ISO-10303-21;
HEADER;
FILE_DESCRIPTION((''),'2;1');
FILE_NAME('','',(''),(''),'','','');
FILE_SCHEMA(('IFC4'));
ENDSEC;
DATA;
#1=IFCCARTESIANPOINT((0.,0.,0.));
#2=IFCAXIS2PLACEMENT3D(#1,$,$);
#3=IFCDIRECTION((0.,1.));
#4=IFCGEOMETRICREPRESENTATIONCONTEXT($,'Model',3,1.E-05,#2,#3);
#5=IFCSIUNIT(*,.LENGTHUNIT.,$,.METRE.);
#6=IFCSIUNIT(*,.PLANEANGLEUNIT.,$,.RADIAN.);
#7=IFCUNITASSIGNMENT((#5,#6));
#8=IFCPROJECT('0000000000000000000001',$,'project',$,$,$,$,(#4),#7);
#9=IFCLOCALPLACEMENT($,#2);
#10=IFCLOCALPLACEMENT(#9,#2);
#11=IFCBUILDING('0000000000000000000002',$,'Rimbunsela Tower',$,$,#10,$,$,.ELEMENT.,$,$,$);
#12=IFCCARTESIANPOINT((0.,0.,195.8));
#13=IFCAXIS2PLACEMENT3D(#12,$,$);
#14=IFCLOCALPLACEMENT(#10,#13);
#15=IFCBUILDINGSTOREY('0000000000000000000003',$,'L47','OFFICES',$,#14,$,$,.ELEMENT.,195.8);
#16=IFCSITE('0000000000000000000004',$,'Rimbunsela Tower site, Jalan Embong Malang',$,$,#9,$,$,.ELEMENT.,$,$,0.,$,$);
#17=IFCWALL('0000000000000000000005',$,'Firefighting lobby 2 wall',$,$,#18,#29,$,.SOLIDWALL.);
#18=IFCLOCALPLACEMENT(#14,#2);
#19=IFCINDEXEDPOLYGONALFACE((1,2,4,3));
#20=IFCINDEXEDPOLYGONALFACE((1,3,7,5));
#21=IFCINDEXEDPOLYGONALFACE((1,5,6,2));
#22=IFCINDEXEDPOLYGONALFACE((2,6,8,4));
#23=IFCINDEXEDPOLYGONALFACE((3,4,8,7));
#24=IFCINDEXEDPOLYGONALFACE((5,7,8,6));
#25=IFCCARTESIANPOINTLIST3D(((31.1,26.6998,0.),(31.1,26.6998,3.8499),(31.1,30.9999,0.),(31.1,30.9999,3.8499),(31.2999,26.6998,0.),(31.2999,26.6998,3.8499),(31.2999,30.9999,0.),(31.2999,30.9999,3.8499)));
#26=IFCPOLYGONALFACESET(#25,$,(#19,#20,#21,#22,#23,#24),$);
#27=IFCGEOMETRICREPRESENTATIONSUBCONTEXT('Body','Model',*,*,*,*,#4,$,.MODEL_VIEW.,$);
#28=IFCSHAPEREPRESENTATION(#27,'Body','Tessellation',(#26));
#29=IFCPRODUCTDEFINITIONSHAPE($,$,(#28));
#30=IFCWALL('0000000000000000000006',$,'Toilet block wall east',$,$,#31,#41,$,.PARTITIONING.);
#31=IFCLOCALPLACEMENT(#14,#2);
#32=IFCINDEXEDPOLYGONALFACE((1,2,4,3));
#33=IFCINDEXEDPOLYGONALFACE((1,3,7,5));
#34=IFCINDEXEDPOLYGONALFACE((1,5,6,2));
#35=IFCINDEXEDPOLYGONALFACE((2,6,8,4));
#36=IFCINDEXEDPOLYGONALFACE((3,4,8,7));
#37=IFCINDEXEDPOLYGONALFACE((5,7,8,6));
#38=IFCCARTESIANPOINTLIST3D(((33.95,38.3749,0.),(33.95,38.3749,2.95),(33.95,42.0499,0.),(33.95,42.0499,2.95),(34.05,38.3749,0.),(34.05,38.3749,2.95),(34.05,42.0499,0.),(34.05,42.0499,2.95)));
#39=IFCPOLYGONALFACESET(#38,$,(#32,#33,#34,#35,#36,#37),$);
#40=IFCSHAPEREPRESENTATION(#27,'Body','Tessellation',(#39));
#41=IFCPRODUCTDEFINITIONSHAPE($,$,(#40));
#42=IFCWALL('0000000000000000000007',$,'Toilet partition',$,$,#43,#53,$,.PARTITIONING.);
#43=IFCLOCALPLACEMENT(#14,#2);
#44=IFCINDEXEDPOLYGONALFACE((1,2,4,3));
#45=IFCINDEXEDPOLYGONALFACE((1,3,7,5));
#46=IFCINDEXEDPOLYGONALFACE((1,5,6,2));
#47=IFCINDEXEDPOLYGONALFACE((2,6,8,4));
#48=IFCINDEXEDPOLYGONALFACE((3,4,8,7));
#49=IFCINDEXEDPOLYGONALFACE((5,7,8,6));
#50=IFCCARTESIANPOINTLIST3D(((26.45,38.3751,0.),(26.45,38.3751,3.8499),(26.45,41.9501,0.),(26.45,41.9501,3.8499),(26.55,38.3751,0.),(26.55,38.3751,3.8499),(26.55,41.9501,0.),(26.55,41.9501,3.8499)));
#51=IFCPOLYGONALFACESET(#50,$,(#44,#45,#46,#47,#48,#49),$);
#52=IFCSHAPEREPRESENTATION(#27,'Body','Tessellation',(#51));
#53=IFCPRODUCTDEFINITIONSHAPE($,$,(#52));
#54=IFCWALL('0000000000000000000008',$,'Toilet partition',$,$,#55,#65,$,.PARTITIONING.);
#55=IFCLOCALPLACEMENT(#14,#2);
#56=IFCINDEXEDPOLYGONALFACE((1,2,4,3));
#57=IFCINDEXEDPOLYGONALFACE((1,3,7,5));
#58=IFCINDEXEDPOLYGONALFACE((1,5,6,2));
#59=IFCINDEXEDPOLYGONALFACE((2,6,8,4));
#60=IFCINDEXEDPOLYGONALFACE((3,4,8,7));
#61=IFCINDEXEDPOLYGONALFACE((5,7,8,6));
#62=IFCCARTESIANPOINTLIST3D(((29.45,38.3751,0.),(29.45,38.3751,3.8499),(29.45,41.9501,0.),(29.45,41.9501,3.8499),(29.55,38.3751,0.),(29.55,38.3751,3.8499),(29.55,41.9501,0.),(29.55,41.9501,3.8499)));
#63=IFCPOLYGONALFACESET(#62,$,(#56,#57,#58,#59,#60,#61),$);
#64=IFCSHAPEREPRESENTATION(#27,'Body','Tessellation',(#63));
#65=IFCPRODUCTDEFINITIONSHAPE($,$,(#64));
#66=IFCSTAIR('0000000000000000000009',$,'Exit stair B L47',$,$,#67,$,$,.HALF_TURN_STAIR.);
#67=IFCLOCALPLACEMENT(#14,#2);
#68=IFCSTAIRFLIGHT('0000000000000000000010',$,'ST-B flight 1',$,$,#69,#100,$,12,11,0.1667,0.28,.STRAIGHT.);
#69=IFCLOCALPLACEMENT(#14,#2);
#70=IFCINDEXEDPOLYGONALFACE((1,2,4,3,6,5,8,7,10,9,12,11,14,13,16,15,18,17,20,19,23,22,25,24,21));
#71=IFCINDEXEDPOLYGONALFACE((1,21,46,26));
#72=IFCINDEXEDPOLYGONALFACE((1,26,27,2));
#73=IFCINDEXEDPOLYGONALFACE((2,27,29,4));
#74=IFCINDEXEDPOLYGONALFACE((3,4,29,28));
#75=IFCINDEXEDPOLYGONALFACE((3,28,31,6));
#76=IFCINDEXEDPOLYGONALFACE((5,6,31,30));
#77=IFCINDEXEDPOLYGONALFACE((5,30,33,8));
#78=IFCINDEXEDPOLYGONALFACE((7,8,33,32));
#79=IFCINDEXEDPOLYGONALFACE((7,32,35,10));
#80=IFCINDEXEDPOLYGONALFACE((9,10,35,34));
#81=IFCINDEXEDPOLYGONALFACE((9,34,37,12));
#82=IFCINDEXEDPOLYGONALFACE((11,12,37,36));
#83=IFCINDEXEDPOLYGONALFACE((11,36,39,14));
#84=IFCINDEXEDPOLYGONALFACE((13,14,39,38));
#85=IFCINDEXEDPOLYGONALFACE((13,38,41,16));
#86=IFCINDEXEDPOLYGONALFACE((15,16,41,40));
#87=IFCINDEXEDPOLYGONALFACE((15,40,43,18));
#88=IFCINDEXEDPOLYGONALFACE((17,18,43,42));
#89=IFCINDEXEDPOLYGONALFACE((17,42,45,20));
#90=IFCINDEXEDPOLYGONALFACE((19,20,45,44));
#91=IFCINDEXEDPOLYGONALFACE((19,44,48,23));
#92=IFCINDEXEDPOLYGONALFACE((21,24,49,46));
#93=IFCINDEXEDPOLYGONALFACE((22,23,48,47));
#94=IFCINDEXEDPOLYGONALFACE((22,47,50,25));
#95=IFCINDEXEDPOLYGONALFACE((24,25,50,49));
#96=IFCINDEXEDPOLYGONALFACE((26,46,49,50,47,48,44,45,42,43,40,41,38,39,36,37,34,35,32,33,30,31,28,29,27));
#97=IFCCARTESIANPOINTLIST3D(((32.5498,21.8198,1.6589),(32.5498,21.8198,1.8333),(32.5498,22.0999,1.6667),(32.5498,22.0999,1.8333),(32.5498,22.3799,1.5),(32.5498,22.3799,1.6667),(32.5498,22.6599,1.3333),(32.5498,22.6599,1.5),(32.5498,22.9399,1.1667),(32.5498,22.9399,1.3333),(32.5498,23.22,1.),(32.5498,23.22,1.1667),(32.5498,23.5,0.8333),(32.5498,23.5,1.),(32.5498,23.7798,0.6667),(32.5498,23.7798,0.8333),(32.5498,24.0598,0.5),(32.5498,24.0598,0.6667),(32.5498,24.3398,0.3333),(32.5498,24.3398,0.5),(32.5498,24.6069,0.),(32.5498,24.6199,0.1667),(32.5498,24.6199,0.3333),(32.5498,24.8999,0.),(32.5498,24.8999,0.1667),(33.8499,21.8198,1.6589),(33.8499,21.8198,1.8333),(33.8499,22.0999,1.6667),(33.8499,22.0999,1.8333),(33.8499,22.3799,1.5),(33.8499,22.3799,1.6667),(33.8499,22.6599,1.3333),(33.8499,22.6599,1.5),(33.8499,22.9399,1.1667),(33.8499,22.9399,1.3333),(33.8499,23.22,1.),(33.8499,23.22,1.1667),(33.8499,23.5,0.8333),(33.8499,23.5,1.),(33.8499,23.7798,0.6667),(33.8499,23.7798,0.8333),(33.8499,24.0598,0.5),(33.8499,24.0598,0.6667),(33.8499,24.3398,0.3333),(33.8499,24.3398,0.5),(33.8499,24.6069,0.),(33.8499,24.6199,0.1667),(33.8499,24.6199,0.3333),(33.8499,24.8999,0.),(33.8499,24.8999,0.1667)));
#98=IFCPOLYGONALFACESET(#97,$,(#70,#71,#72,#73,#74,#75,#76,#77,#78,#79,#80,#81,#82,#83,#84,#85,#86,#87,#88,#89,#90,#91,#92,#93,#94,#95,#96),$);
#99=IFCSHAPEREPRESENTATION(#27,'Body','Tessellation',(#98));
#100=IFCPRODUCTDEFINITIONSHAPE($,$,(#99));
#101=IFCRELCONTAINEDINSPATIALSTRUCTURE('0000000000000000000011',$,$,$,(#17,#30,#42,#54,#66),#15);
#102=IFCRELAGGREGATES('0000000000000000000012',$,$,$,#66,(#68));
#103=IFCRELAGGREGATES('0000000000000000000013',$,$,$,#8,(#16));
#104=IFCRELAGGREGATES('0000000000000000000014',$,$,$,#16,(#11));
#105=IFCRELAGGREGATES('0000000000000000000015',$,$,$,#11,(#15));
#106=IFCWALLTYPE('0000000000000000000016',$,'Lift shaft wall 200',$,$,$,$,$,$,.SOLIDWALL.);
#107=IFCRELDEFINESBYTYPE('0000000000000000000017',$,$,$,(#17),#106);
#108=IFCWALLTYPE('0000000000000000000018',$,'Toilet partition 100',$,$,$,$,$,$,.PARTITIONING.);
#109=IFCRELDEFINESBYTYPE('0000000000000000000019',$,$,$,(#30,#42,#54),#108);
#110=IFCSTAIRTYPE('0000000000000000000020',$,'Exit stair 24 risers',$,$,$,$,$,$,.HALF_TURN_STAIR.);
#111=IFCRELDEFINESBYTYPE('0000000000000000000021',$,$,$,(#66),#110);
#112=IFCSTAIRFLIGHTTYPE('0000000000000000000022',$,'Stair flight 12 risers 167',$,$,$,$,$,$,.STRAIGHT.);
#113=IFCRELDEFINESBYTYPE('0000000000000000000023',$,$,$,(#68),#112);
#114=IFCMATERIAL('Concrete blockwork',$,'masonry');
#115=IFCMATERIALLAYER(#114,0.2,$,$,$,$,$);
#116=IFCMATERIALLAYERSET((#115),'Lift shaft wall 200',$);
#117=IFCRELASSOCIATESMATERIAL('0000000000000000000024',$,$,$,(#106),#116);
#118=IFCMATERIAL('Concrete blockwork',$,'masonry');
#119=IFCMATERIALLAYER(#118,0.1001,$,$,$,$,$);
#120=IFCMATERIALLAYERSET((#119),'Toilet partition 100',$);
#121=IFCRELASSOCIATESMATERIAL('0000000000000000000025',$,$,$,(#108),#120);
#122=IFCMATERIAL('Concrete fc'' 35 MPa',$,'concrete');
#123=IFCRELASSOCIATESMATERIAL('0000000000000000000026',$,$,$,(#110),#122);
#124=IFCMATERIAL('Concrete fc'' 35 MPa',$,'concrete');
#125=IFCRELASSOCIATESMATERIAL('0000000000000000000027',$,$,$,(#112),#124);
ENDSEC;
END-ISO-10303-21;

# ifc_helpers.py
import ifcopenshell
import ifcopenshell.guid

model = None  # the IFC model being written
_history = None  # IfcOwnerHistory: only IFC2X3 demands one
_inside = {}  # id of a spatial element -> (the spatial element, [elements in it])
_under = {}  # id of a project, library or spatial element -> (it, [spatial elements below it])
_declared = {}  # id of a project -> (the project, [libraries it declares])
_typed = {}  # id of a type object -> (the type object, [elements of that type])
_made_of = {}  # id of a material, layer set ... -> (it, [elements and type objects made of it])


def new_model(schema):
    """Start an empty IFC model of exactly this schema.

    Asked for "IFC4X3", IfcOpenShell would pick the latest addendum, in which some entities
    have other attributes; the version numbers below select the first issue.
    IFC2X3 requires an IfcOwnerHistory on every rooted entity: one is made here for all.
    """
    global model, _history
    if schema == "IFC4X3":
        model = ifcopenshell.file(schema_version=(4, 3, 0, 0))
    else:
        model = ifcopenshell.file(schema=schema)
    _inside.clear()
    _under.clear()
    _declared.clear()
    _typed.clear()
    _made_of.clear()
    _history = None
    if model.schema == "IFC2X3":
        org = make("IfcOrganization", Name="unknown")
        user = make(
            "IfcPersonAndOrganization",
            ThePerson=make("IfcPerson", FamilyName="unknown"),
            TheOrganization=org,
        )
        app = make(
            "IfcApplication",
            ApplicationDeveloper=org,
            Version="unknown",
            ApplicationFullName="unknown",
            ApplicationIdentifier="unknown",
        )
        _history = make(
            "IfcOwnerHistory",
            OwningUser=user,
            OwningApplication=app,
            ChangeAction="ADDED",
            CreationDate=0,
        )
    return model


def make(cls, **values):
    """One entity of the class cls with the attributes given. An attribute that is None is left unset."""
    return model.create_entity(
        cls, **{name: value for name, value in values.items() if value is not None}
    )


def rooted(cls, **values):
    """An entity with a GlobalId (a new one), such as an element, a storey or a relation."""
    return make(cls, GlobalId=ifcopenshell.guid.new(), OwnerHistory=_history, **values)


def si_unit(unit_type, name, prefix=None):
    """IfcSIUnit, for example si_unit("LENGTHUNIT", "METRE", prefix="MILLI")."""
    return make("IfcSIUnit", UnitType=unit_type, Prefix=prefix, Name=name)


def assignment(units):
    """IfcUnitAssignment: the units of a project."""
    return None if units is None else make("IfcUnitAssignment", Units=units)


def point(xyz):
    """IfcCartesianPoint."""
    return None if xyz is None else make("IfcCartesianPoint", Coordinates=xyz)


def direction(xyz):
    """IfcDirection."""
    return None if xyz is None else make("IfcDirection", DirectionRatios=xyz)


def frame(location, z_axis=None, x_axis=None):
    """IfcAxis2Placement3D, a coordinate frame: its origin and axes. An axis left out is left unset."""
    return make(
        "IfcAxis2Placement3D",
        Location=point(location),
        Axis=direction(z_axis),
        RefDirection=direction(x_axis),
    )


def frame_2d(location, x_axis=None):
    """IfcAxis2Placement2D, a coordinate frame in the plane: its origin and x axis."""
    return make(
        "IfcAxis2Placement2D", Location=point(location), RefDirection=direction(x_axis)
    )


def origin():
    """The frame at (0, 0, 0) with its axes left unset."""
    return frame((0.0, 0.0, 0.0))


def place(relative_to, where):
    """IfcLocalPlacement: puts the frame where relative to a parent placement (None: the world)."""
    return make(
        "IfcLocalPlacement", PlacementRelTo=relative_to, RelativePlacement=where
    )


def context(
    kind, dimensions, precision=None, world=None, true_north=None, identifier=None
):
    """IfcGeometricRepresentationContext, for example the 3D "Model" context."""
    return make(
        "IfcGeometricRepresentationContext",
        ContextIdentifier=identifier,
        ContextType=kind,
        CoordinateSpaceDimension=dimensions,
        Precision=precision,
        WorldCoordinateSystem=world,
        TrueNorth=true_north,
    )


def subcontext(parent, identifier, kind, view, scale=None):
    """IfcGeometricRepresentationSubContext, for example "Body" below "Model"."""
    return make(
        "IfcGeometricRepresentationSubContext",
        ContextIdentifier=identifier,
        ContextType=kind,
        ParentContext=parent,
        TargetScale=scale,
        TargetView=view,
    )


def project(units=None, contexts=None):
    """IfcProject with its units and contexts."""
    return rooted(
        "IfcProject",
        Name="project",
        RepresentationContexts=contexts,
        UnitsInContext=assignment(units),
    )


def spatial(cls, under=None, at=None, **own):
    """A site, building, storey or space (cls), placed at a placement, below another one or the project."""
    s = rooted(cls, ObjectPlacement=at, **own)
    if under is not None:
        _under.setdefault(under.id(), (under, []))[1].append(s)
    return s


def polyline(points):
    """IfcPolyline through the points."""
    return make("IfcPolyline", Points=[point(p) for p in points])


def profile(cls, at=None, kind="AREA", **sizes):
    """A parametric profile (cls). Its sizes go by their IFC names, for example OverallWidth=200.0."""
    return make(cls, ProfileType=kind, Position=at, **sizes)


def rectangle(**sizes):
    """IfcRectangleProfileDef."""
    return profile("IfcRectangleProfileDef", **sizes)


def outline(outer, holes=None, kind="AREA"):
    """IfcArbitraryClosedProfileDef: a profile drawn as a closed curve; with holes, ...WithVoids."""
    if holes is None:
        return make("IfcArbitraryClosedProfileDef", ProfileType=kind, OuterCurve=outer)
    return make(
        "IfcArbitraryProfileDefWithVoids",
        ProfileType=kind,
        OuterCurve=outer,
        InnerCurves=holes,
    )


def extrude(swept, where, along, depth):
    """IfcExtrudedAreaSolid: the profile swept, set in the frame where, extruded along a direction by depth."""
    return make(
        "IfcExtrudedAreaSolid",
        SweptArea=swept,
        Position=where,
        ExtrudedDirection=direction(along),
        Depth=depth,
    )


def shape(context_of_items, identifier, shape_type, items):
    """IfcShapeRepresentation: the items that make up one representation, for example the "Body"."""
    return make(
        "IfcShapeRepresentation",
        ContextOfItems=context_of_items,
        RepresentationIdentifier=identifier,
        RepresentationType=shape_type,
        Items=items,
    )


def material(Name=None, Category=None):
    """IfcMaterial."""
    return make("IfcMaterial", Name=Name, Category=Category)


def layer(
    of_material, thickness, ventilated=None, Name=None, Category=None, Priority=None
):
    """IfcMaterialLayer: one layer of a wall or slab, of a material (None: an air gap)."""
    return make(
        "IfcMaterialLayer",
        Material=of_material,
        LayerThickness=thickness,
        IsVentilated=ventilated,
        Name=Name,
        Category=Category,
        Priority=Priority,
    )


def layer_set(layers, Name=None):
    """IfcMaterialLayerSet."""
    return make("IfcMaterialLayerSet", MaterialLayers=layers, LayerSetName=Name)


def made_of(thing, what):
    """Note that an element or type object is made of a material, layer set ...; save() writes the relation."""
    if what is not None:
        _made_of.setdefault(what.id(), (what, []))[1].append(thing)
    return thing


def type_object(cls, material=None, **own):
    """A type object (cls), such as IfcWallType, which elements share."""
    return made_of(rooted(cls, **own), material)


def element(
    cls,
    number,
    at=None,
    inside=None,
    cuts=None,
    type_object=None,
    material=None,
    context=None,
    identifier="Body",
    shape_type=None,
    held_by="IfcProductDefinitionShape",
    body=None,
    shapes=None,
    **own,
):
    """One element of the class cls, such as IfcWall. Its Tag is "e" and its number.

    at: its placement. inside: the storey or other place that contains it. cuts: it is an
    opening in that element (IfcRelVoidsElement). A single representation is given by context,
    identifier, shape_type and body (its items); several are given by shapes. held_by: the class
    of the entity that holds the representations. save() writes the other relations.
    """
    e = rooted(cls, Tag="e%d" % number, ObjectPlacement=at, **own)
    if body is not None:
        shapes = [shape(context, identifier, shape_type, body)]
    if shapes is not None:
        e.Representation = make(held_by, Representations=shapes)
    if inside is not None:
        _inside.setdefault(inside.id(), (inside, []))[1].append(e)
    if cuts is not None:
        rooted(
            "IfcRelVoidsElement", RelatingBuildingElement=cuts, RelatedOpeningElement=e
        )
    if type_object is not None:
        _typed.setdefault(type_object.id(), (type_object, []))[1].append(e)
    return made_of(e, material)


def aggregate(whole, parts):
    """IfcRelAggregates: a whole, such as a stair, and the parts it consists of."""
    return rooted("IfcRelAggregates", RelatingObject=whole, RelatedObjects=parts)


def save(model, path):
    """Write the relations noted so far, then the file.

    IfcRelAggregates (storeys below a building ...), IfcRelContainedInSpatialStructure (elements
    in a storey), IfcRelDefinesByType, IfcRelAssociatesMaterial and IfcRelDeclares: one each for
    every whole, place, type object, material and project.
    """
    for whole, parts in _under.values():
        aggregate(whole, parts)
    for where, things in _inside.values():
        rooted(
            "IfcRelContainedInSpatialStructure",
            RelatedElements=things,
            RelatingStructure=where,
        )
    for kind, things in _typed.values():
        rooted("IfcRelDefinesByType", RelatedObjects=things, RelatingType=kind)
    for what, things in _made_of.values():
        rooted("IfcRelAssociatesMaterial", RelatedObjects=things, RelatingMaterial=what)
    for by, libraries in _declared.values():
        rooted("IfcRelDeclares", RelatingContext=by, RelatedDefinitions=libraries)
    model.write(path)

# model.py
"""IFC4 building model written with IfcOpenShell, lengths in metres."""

from ifc_helpers import new_model, si_unit, direction, frame, frame_2d, origin, place, context, subcontext, project, spatial, polyline, rectangle, outline, extrude, material, layer, layer_set, type_object, element, aggregate, save


model = new_model("IFC4")

# Units and contexts
model_context = context("Model", 3, precision=1e-05, world=origin(), true_north=direction((0.0, 1.0)))
body_context = subcontext(model_context, "Body", "Model", "MODEL_VIEW")
ifc_project = project(units=[si_unit("LENGTHUNIT", "METRE"), si_unit("PLANEANGLEUNIT", "RADIAN")], contexts=[model_context])

# Site, building, storey
site_placement = place(None, origin())
site = spatial("IfcSite", under=ifc_project, at=site_placement, Name="Rimbunsela Tower site, Jalan Embong Malang", CompositionType="ELEMENT", RefElevation=0.0)
building_placement = place(site_placement, origin())
building = spatial("IfcBuilding", under=site, at=building_placement, Name="Rimbunsela Tower", CompositionType="ELEMENT")
storey_placement = place(building_placement, frame((0.0, 0.0, 195.8)))
storey = spatial("IfcBuildingStorey", under=building, at=storey_placement, Name="L47", Description="OFFICES", CompositionType="ELEMENT", Elevation=195.8)

# Walls
ifc_material_1 = material(Name="Concrete blockwork", Category="masonry")
ifc_layer_1 = layer(ifc_material_1, 0.2)
ifc_layer_set_1 = layer_set([ifc_layer_1], Name="Lift shaft wall 200")
wall_type_1 = type_object("IfcWallType", Name="Lift shaft wall 200", PredefinedType="SOLIDWALL", material=ifc_layer_set_1)
wall_1_placement = place(storey_placement, frame((31.2, 26.7, 0.0), z_axis=(0.0, 0.0, 1.0), x_axis=(0.0, 1.0, 0.0)))
element("IfcWall", 1, at=wall_1_placement, inside=storey, type_object=wall_type_1, Name="Firefighting lobby 2 wall", PredefinedType="SOLIDWALL", context=body_context, shape_type="SweptSolid", body=[
    extrude(rectangle(XDim=4.3, YDim=0.2, at=frame_2d((2.1499, 0.0))), origin(), (0.0, 0.0, 1.0), 3.8499),
])
ifc_material_2 = material(Name="Concrete blockwork", Category="masonry")
ifc_layer_2 = layer(ifc_material_2, 0.1001)
ifc_layer_set_2 = layer_set([ifc_layer_2], Name="Toilet partition 100")
wall_type_2 = type_object("IfcWallType", Name="Toilet partition 100", PredefinedType="PARTITIONING", material=ifc_layer_set_2)
wall_2_placement = place(storey_placement, frame((34.0, 38.375, 0.0), z_axis=(0.0, 0.0, 1.0), x_axis=(0.0, 1.0, 0.0)))
element("IfcWall", 2, at=wall_2_placement, inside=storey, type_object=wall_type_2, Name="Toilet block wall east", PredefinedType="PARTITIONING", context=body_context, shape_type="SweptSolid", body=[
    extrude(rectangle(XDim=3.675, YDim=0.1001, at=frame_2d((1.8374, 0.0))), origin(), (0.0, 0.0, 1.0), 2.95),
])
for number, where, z_axis, x_axis, name in (
    (3, (26.5, 38.375, 0.0), (0.0, 0.0, 1.0), (0.0, 1.0, 0.0), "Toilet partition"),
    (4, (29.5, 38.375, 0.0), (0.0, 0.0, 1.0), (0.0, 1.0, 0.0), "Toilet partition"),
):
    element("IfcWall", number, at=place(storey_placement, frame(where, z_axis=z_axis, x_axis=x_axis)), inside=storey, type_object=wall_type_2, Name=name, PredefinedType="PARTITIONING", context=body_context, shape_type="SweptSolid", body=[
        extrude(rectangle(XDim=3.575, YDim=0.1001, at=frame_2d((1.7876, 0.0))), origin(), (0.0, 0.0, 1.0), 3.8499),
    ])

# Stair, stair flight
ifc_material_3 = material(Name="Concrete fc' 35 MPa", Category="concrete")
stair_type = type_object("IfcStairType", Name="Exit stair 24 risers", PredefinedType="HALF_TURN_STAIR", material=ifc_material_3)
stair_placement = place(storey_placement, origin())
stair = element("IfcStair", 5, at=stair_placement, inside=storey, type_object=stair_type, Name="Exit stair B L47", PredefinedType="HALF_TURN_STAIR")
ifc_material_4 = material(Name="Concrete fc' 35 MPa", Category="concrete")
stair_flight_type = type_object("IfcStairFlightType", Name="Stair flight 12 risers 167", PredefinedType="STRAIGHT", material=ifc_material_4)
stair_flight_placement = place(storey_placement, frame((33.2, 24.8999, 0.0), z_axis=(0.0, 0.0, 1.0), x_axis=(0.0, -1.0, 0.0)))
stair_flight = element("IfcStairFlight", 6, at=stair_flight_placement, type_object=stair_flight_type, Name="ST-B flight 1", NumberOfRisers=12, NumberOfTreads=11, PredefinedType="STRAIGHT", RiserHeight=0.1667, TreadLength=0.28, context=body_context, shape_type="SweptSolid", body=[
    extrude(outline(polyline([(0.0, 0.0), (0.0, 0.1667), (0.28, 0.1667), (0.28, 0.3333), (0.5601, 0.3333), (0.5601, 0.5), (0.8401, 0.5), (0.8401, 0.6667), (1.1201, 0.6667), (1.1201, 0.8333), (1.3999, 0.8333), (1.3999, 1.0), (1.6799, 1.0), (1.6799, 1.1667), (1.96, 1.1667), (1.96, 1.3333), (2.24, 1.3333), (2.24, 1.5), (2.52, 1.5), (2.52, 1.6667), (2.8, 1.6667), (2.8, 1.8333), (3.0801, 1.8333), (3.0801, 2.0), (3.0801, 1.6589), (0.293, 0.0), (0.0, 0.0)])), frame((0.0, 0.6499, 0.0), z_axis=(0.0, -1.0, 0.0), x_axis=(1.0, 0.0, 0.0)), (0.0, 0.0, 1.0), 1.3),
])
aggregate(stair, [stair_flight])

save(model, "model.ifc")
